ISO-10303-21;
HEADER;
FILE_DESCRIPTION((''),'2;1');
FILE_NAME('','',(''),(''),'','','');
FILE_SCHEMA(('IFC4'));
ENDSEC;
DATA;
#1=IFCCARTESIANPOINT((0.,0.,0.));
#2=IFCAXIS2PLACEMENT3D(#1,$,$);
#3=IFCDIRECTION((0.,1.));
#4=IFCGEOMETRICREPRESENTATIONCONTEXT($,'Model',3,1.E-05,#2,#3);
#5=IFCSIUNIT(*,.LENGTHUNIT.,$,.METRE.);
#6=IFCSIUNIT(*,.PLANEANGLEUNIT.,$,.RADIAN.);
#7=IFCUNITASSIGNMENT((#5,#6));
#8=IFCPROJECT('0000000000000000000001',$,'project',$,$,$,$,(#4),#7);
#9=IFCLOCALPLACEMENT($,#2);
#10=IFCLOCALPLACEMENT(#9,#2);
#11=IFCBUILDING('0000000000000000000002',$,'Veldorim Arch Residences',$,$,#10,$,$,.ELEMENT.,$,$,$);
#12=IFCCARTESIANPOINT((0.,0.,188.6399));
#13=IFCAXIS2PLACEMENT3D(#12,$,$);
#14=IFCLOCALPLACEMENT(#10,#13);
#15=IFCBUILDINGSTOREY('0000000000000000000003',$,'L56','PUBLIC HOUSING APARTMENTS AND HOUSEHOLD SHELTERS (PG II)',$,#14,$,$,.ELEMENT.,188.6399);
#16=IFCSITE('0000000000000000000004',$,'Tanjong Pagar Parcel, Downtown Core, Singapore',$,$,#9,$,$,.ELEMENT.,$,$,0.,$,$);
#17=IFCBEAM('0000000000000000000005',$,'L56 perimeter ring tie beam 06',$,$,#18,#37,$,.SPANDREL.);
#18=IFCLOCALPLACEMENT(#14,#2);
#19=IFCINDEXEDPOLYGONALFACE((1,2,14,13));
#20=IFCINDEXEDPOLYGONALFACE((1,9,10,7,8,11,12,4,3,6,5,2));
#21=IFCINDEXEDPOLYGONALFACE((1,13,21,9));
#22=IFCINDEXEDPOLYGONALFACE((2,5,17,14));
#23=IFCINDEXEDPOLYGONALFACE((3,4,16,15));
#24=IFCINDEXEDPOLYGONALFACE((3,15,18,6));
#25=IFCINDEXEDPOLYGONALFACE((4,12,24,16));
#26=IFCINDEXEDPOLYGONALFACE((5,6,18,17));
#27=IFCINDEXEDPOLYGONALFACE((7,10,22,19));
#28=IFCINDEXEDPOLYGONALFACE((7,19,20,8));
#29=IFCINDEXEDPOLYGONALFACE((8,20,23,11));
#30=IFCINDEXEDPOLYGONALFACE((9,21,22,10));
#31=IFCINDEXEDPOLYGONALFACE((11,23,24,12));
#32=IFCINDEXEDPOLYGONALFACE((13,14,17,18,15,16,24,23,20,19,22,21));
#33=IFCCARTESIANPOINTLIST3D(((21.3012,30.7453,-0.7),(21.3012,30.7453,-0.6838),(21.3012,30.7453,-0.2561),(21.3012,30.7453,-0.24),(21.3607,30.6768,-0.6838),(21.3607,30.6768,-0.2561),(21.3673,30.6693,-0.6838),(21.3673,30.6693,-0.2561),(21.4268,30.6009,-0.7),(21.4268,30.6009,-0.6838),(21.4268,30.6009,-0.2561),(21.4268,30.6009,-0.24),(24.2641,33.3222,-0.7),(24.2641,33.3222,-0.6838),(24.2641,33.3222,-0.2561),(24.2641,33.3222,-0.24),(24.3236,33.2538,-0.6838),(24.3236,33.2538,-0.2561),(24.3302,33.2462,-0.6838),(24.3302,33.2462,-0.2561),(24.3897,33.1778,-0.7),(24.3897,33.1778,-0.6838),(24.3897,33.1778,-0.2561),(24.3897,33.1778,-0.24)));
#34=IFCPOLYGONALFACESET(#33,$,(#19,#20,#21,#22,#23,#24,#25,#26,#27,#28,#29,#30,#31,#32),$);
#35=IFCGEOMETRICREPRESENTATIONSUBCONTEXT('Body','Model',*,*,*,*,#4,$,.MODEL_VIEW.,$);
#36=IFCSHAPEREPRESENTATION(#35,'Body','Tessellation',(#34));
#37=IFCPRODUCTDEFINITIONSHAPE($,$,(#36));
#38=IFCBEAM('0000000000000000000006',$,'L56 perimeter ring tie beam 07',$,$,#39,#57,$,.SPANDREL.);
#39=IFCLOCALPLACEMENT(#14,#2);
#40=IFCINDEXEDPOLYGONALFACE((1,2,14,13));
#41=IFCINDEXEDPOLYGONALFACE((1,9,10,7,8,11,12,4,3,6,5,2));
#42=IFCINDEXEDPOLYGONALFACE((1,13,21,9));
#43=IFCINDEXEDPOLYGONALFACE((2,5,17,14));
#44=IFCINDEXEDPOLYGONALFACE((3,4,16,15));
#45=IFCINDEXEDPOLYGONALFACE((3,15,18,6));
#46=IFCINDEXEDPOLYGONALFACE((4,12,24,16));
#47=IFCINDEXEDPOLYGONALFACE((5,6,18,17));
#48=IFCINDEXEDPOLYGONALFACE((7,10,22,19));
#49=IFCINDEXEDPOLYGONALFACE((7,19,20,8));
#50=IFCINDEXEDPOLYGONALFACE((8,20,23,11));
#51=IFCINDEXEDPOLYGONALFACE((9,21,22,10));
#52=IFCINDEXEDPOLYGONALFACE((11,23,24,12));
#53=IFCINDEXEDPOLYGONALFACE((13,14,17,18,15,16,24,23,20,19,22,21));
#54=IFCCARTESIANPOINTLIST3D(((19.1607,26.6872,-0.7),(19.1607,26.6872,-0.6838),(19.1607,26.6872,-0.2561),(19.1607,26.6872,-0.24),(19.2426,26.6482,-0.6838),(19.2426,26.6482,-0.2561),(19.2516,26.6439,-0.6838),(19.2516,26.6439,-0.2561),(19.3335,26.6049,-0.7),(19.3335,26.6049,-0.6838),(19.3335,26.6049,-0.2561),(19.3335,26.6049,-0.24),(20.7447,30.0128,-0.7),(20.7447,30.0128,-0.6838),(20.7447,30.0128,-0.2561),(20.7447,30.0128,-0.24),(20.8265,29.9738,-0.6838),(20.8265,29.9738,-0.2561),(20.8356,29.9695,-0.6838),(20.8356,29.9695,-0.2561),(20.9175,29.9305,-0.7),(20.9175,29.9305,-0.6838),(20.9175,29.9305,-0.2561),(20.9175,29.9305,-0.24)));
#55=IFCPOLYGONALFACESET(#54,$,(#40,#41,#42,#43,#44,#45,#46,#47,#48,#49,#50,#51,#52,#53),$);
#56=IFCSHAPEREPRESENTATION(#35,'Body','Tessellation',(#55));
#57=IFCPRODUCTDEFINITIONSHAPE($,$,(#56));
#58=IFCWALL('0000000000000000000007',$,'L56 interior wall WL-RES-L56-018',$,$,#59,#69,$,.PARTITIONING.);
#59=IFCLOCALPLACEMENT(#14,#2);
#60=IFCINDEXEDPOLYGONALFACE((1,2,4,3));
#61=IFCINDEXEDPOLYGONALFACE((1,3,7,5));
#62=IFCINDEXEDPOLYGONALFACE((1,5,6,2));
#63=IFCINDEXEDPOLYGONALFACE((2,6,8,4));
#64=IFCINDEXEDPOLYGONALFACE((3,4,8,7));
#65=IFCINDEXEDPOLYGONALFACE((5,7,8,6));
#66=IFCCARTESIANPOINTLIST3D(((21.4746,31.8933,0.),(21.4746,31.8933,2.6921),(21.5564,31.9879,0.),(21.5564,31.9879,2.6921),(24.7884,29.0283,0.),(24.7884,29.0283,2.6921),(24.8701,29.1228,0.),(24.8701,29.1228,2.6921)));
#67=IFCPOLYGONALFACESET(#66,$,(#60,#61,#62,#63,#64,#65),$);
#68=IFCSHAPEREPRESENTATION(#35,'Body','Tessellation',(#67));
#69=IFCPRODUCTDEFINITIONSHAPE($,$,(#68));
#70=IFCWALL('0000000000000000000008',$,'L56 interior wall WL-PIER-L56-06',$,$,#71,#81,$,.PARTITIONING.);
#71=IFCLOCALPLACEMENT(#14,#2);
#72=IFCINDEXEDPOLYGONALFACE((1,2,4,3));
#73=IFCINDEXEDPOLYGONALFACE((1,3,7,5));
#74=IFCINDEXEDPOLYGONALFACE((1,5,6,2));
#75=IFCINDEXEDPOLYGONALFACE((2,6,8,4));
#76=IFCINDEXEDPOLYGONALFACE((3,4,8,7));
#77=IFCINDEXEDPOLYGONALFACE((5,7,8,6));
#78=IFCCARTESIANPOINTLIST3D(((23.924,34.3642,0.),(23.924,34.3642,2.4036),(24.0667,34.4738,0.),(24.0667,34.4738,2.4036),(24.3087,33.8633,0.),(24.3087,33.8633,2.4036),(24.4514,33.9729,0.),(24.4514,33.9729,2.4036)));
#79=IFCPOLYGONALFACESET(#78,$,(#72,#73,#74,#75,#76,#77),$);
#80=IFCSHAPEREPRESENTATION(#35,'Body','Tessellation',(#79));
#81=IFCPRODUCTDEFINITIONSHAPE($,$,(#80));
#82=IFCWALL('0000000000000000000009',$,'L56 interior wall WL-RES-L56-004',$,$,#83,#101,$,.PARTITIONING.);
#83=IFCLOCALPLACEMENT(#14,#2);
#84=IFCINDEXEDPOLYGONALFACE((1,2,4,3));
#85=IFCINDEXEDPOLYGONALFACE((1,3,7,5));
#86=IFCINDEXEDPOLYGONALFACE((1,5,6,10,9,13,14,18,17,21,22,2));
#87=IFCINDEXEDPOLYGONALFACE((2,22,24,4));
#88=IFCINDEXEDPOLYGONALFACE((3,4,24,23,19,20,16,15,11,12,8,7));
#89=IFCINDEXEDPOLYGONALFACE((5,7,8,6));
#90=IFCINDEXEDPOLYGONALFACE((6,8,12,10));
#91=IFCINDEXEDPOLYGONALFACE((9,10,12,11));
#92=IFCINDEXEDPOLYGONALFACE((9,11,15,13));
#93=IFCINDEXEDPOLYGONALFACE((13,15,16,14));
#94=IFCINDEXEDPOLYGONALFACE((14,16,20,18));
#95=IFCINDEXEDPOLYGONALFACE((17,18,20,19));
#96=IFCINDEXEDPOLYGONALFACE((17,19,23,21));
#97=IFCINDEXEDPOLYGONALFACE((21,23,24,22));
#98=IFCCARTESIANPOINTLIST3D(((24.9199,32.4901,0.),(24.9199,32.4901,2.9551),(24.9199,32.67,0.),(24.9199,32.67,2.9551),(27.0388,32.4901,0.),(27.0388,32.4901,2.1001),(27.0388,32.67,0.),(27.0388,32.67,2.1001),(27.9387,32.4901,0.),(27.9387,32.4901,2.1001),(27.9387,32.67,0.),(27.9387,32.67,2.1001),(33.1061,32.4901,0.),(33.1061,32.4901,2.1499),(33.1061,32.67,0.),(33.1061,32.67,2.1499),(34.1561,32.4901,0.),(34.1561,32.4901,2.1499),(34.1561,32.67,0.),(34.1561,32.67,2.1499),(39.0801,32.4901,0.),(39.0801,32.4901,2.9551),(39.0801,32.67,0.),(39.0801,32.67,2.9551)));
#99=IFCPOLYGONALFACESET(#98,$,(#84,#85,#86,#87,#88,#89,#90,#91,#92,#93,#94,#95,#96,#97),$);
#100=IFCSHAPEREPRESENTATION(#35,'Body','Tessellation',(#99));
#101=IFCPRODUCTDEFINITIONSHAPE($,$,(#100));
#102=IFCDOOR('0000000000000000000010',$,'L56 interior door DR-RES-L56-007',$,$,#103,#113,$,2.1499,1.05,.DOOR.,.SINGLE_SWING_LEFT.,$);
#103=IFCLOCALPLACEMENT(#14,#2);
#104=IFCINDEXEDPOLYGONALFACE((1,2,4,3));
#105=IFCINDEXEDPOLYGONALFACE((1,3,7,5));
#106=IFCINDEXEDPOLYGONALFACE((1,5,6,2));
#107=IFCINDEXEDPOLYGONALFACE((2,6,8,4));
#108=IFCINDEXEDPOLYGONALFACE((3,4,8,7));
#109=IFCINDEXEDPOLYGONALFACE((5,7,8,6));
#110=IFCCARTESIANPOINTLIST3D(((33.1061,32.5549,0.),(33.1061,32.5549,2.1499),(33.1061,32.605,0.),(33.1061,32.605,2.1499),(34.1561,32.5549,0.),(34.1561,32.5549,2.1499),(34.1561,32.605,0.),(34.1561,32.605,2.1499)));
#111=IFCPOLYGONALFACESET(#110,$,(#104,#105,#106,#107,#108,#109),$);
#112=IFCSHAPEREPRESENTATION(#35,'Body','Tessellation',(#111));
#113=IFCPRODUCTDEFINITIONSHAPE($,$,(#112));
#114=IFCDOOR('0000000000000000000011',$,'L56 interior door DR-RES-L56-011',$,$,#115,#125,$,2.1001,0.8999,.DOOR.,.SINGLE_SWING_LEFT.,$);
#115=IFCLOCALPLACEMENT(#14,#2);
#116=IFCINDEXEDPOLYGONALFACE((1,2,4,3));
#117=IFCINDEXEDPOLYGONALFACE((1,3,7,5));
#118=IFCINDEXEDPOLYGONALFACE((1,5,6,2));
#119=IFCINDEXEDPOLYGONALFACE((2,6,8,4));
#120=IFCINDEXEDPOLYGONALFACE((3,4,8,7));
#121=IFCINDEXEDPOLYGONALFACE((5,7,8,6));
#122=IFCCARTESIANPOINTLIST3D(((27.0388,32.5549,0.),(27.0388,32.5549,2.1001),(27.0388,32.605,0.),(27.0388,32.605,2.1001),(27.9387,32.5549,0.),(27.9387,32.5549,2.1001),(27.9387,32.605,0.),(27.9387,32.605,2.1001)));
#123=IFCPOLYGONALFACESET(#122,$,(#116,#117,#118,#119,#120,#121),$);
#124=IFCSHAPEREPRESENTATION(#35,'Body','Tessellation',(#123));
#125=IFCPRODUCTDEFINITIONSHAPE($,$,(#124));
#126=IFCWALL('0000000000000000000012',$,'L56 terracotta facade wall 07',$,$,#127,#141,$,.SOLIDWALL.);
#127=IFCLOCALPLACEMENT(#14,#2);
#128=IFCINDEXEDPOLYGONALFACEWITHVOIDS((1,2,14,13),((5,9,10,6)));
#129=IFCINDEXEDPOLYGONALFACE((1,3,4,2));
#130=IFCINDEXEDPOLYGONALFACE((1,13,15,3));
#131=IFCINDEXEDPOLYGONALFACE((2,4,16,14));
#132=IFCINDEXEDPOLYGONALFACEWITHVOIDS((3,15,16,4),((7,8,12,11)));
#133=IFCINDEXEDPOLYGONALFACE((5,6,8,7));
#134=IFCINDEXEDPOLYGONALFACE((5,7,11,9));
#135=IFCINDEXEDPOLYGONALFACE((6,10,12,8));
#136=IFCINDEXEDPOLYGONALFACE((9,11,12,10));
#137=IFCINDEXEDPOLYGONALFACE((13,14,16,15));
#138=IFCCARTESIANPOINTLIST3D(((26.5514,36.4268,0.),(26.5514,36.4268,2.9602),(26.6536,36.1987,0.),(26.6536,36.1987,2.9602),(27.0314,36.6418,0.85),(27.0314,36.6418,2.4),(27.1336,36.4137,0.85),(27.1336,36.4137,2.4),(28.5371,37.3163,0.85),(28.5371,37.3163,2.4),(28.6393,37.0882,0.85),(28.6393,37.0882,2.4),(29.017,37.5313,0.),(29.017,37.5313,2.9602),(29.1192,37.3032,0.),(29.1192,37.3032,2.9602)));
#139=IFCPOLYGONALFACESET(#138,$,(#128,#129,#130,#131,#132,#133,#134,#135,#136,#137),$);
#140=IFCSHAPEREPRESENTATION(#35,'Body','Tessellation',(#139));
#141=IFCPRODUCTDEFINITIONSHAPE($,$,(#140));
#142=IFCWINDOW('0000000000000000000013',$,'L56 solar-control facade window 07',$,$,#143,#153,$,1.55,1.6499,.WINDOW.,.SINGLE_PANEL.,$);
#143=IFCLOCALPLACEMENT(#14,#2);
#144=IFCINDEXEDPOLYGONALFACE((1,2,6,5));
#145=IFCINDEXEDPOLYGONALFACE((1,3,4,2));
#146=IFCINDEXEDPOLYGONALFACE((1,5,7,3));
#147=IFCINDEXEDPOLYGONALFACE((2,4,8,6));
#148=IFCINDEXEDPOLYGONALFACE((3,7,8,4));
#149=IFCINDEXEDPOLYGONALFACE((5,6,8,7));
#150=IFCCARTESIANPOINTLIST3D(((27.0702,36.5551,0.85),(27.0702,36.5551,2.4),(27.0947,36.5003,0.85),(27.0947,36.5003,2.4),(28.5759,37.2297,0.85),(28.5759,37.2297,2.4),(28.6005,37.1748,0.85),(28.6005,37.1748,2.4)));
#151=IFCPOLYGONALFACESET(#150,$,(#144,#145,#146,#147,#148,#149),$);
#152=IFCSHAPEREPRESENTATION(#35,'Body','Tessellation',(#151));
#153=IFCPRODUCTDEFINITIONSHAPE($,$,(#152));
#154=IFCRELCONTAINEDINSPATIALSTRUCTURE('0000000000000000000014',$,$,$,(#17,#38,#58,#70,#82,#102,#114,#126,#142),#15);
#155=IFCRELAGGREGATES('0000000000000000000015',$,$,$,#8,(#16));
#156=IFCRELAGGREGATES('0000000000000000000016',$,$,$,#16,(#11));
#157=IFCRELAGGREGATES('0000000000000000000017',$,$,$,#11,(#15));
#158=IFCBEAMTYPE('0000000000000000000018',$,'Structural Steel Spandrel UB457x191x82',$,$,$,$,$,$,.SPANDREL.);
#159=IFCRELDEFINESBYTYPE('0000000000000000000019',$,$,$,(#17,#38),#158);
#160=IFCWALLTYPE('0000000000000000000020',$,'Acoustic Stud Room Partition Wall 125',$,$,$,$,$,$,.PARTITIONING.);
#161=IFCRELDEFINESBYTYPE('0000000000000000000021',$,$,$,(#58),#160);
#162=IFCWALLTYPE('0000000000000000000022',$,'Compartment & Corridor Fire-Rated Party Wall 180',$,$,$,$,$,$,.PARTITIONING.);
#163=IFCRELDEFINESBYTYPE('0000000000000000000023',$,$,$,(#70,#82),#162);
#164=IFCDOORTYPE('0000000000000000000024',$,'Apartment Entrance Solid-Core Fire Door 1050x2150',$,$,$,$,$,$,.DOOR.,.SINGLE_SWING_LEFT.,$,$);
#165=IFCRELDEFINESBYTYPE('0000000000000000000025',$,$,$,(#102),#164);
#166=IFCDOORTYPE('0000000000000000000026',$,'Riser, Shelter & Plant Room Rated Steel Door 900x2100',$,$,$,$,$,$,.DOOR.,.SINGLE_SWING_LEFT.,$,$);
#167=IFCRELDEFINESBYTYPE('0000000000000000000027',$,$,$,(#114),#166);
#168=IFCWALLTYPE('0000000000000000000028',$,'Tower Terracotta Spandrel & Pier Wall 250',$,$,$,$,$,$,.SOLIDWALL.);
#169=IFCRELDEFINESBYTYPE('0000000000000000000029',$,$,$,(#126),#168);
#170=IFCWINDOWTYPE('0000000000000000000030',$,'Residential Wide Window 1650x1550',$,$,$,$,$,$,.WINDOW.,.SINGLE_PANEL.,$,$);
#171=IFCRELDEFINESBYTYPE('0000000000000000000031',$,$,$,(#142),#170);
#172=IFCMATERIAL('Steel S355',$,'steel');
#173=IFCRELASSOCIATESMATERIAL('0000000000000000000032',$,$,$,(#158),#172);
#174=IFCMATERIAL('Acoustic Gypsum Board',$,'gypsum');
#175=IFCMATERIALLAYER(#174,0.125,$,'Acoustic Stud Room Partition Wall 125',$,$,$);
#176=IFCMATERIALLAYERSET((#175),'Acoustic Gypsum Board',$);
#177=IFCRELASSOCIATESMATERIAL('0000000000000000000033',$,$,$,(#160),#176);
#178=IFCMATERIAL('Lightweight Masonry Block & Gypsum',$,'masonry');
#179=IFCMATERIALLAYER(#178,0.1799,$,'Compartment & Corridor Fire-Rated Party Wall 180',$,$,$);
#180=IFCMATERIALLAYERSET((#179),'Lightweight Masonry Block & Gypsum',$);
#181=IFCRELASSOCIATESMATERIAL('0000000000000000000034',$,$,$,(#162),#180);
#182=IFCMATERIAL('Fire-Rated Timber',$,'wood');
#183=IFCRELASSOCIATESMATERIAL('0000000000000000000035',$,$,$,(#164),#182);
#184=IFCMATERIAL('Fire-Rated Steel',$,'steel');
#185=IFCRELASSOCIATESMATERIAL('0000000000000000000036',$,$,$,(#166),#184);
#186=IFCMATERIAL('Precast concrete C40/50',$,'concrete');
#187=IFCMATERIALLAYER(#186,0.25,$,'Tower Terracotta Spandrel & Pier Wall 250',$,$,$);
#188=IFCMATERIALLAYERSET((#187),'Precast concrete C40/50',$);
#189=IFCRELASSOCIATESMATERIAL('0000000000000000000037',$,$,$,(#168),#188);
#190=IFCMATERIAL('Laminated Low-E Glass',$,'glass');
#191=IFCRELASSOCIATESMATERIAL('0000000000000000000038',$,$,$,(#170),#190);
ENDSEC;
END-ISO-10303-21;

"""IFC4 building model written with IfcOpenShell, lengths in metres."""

from ifc_helpers import new_model, si_unit, direction, frame, frame_2d, origin, origin_2d, place, context, subcontext, project, spatial, rectangle, i_section, extrude, material, layer, layer_set, material_profile, profile_set, type_object, element, fill, save


model = new_model("IFC4")

# Units and contexts
model_context = context("Model", 3, precision=1e-05, world=origin(), true_north=direction((0.0, 1.0)))
body_context = subcontext(model_context, "Body", "Model", "MODEL_VIEW")
ifc_project = project(units=[si_unit("LENGTHUNIT", "METRE"), si_unit("PLANEANGLEUNIT", "RADIAN")], contexts=[model_context])

# Site, building, storey
site_placement = place(None, origin())
site = spatial("IfcSite", under=ifc_project, at=site_placement, Name="Tanjong Pagar Parcel, Downtown Core, Singapore", CompositionType="ELEMENT", RefElevation=0.0)
building_placement = place(site_placement, origin())
building = spatial("IfcBuilding", under=site, at=building_placement, Name="Veldorim Arch Residences", CompositionType="ELEMENT")
storey_placement = place(building_placement, frame((0.0, 0.0, 188.6399)))
storey = spatial("IfcBuildingStorey", under=building, at=storey_placement, Name="L56", Description="PUBLIC HOUSING APARTMENTS AND HOUSEHOLD SHELTERS (PG II)", CompositionType="ELEMENT", Elevation=188.6399)

# Beams
ifc_material_1 = material(Name="Steel S355", Category="steel")
ifc_material_profile_1 = material_profile(ifc_material_1, i_section(OverallWidth=0.1914, OverallDepth=0.46, WebThickness=0.01, FlangeThickness=0.0161, at=origin_2d()), Name="UB457x191x82")
ifc_profile_set_1 = profile_set([ifc_material_profile_1], Name="Steel S355")
beam_type_1 = type_object("IfcBeamType", Name="Structural Steel Spandrel UB457x191x82", PredefinedType="SPANDREL", material=ifc_profile_set_1)
beam_1_placement = place(storey_placement, frame((24.3269, 33.25, -0.47), z_axis=(-0.754545, -0.656248, 0.0), x_axis=(0.656248, -0.754545, 0.0)))
element("IfcBeam", 1, at=beam_1_placement, inside=storey, type_object=beam_type_1, Name="L56 perimeter ring tie beam 06", PredefinedType="SPANDREL", context=body_context, shape_type="SweptSolid", body=[
    extrude(i_section(OverallWidth=0.1914, OverallDepth=0.46, WebThickness=0.01, FlangeThickness=0.0161, at=origin_2d()), origin(), (0.0, 0.0, 1.0), 3.9268),
])
beam_2_placement = place(storey_placement, frame((20.8311, 29.9717, -0.47), z_axis=(-0.430006, -0.902826, 0.0), x_axis=(0.902826, -0.430006, 0.0)))
element("IfcBeam", 2, at=beam_2_placement, inside=storey, type_object=beam_type_1, Name="L56 perimeter ring tie beam 07", PredefinedType="SPANDREL", context=body_context, shape_type="SweptSolid", body=[
    extrude(i_section(OverallWidth=0.1914, OverallDepth=0.46, WebThickness=0.01, FlangeThickness=0.0161, at=origin_2d()), origin(), (0.0, 0.0, 1.0), 3.6836),
])

# Walls
ifc_material_2 = material(Name="Acoustic Gypsum Board", Category="gypsum")
ifc_layer_1 = layer(ifc_material_2, 0.125, Name="Acoustic Stud Room Partition Wall 125")
ifc_layer_set_1 = layer_set([ifc_layer_1], Name="Acoustic Gypsum Board")
wall_type_1 = type_object("IfcWallType", Name="Acoustic Stud Room Partition Wall 125", PredefinedType="PARTITIONING", material=ifc_layer_set_1)
wall_1_placement = place(storey_placement, frame((21.5154, 31.9407, 0.0), z_axis=(0.0, 0.0, 1.0), x_axis=(0.756468, -0.65403, 0.0)))
element("IfcWall", 3, at=wall_1_placement, inside=storey, type_object=wall_type_1, Name="L56 interior wall WL-RES-L56-018", PredefinedType="PARTITIONING", context=body_context, shape_type="SweptSolid", body=[
    extrude(rectangle(XDim=4.3806, YDim=0.125, at=frame_2d((2.1904, 0.0))), origin(), (0.0, 0.0, 1.0), 2.6921),
])
ifc_material_3 = material(Name="Lightweight Masonry Block & Gypsum", Category="masonry")
ifc_layer_2 = layer(ifc_material_3, 0.1799, Name="Compartment & Corridor Fire-Rated Party Wall 180")
ifc_layer_set_2 = layer_set([ifc_layer_2], Name="Lightweight Masonry Block & Gypsum")
wall_type_2 = type_object("IfcWallType", Name="Compartment & Corridor Fire-Rated Party Wall 180", PredefinedType="PARTITIONING", material=ifc_layer_set_2)
wall_2_placement = place(storey_placement, frame((24.3801, 33.918, 0.0), z_axis=(0.0, 0.0, 1.0), x_axis=(-0.609113, 0.793084, 0.0)))
element("IfcWall", 4, at=wall_2_placement, inside=storey, type_object=wall_type_2, Name="L56 interior wall WL-PIER-L56-06", PredefinedType="PARTITIONING", context=body_context, shape_type="SweptSolid", body=[
    extrude(rectangle(XDim=0.6316, YDim=0.1799, at=frame_2d((0.3159, 0.0))), origin(), (0.0, 0.0, 1.0), 2.4036),
])

# Wall, openings, doors
wall_3_placement = place(storey_placement, frame((24.9199, 32.5801, 0.0), z_axis=(0.0, 0.0, 1.0), x_axis=(1.0, 0.0, 0.0)))
wall_3 = element("IfcWall", 5, at=wall_3_placement, inside=storey, type_object=wall_type_2, Name="L56 interior wall WL-RES-L56-004", PredefinedType="PARTITIONING", context=body_context, shape_type="SweptSolid", body=[
    extrude(rectangle(XDim=14.1602, YDim=0.1799, at=frame_2d((7.0801, 0.0))), origin(), (0.0, 0.0, 1.0), 2.9551),
])
opening_1_placement = place(wall_3_placement, frame((8.1863, 0.0, 0.0)))
opening_1 = element("IfcOpeningElement", 6, at=opening_1_placement, cuts=wall_3, PredefinedType="OPENING", context=body_context, shape_type="SweptSolid", body=[
    extrude(rectangle(XDim=1.05, YDim=2.1499, at=frame_2d((0.5249, 1.075))), frame((0.0, 0.0999, 0.0), z_axis=(0.0, -1.0, 0.0), x_axis=(1.0, 0.0, 0.0)), (0.0, 0.0, 1.0), 0.2),
])
opening_2_placement = place(wall_3_placement, frame((2.1189, 0.0, 0.0)))
opening_2 = element("IfcOpeningElement", 7, at=opening_2_placement, cuts=wall_3, PredefinedType="OPENING", context=body_context, shape_type="SweptSolid", body=[
    extrude(rectangle(XDim=0.8999, YDim=2.1001, at=frame_2d((0.45, 1.05))), frame((0.0, 0.0999, 0.0), z_axis=(0.0, -1.0, 0.0), x_axis=(1.0, 0.0, 0.0)), (0.0, 0.0, 1.0), 0.2),
])
ifc_material_4 = material(Name="Fire-Rated Timber", Category="wood")
door_type_1 = type_object("IfcDoorType", Name="Apartment Entrance Solid-Core Fire Door 1050x2150", OperationType="SINGLE_SWING_LEFT", PredefinedType="DOOR", material=ifc_material_4)
door_1_placement = place(opening_1_placement, origin())
door_1 = element("IfcDoor", 8, at=door_1_placement, inside=storey, type_object=door_type_1, Name="L56 interior door DR-RES-L56-007", OperationType="SINGLE_SWING_LEFT", OverallHeight=2.1499, OverallWidth=1.05, PredefinedType="DOOR", context=body_context, shape_type="SweptSolid", body=[
    extrude(rectangle(XDim=1.05, YDim=2.1499, at=frame_2d((0.5249, 1.075))), frame((0.0, 0.0249, 0.0), z_axis=(0.0, -1.0, 0.0), x_axis=(1.0, 0.0, 0.0)), (0.0, 0.0, 1.0), 0.05),
])
fill(opening_1, door_1)
ifc_material_5 = material(Name="Fire-Rated Steel", Category="steel")
door_type_2 = type_object("IfcDoorType", Name="Riser, Shelter & Plant Room Rated Steel Door 900x2100", OperationType="SINGLE_SWING_LEFT", PredefinedType="DOOR", material=ifc_material_5)
door_2_placement = place(opening_2_placement, origin())
door_2 = element("IfcDoor", 9, at=door_2_placement, inside=storey, type_object=door_type_2, Name="L56 interior door DR-RES-L56-011", OperationType="SINGLE_SWING_LEFT", OverallHeight=2.1001, OverallWidth=0.8999, PredefinedType="DOOR", context=body_context, shape_type="SweptSolid", body=[
    extrude(rectangle(XDim=0.8999, YDim=2.1001, at=frame_2d((0.45, 1.05))), frame((0.0, 0.0249, 0.0), z_axis=(0.0, -1.0, 0.0), x_axis=(1.0, 0.0, 0.0)), (0.0, 0.0, 1.0), 0.05),
])
fill(opening_2, door_2)

# Wall, opening, window
ifc_material_6 = material(Name="Precast concrete C40/50", Category="concrete")
ifc_layer_3 = layer(ifc_material_6, 0.25, Name="Tower Terracotta Spandrel & Pier Wall 250")
ifc_layer_set_3 = layer_set([ifc_layer_3], Name="Precast concrete C40/50")
wall_type_3 = type_object("IfcWallType", Name="Tower Terracotta Spandrel & Pier Wall 250", PredefinedType="SOLIDWALL", material=ifc_layer_set_3)
wall_4_placement = place(storey_placement, frame((26.6025, 36.3127, 0.0), z_axis=(0.0, 0.0, 1.0), x_axis=(0.912615, 0.40882, 0.0)))
wall_4 = element("IfcWall", 10, at=wall_4_placement, inside=storey, type_object=wall_type_3, Name="L56 terracotta facade wall 07", PredefinedType="SOLIDWALL", context=body_context, shape_type="SweptSolid", body=[
    extrude(rectangle(XDim=2.7017, YDim=0.25, at=frame_2d((1.3508, 0.0))), origin(), (0.0, 0.0, 1.0), 2.9602),
])
opening_3_placement = place(wall_4_placement, frame((0.5259, 0.0, 0.8501)))
opening_3 = element("IfcOpeningElement", 11, at=opening_3_placement, cuts=wall_4, PredefinedType="OPENING", context=body_context, shape_type="SweptSolid", body=[
    extrude(rectangle(XDim=1.6499, YDim=1.55, at=frame_2d((0.825, 0.7749))), frame((0.0, 0.135, 0.0), z_axis=(0.0, -1.0, 0.0), x_axis=(1.0, 0.0, 0.0)), (0.0, 0.0, 1.0), 0.27),
])
ifc_material_7 = material(Name="Laminated Low-E Glass", Category="glass")
window_type_1 = type_object("IfcWindowType", Name="Residential Wide Window 1650x1550", PartitioningType="SINGLE_PANEL", PredefinedType="WINDOW", material=ifc_material_7)
window_1_placement = place(opening_3_placement, origin())
window_1 = element("IfcWindow", 12, at=window_1_placement, inside=storey, type_object=window_type_1, Name="L56 solar-control facade window 07", OverallHeight=1.55, OverallWidth=1.6499, PartitioningType="SINGLE_PANEL", PredefinedType="WINDOW", context=body_context, shape_type="SweptSolid", body=[
    extrude(rectangle(XDim=1.6499, YDim=1.55, at=frame_2d((0.825, 0.7749))), frame((0.0, 0.03, 0.0), z_axis=(0.0, -1.0, 0.0), x_axis=(1.0, 0.0, 0.0)), (0.0, 0.0, 1.0), 0.0601),
])
fill(opening_3, window_1)

save(model, "model.ifc")
